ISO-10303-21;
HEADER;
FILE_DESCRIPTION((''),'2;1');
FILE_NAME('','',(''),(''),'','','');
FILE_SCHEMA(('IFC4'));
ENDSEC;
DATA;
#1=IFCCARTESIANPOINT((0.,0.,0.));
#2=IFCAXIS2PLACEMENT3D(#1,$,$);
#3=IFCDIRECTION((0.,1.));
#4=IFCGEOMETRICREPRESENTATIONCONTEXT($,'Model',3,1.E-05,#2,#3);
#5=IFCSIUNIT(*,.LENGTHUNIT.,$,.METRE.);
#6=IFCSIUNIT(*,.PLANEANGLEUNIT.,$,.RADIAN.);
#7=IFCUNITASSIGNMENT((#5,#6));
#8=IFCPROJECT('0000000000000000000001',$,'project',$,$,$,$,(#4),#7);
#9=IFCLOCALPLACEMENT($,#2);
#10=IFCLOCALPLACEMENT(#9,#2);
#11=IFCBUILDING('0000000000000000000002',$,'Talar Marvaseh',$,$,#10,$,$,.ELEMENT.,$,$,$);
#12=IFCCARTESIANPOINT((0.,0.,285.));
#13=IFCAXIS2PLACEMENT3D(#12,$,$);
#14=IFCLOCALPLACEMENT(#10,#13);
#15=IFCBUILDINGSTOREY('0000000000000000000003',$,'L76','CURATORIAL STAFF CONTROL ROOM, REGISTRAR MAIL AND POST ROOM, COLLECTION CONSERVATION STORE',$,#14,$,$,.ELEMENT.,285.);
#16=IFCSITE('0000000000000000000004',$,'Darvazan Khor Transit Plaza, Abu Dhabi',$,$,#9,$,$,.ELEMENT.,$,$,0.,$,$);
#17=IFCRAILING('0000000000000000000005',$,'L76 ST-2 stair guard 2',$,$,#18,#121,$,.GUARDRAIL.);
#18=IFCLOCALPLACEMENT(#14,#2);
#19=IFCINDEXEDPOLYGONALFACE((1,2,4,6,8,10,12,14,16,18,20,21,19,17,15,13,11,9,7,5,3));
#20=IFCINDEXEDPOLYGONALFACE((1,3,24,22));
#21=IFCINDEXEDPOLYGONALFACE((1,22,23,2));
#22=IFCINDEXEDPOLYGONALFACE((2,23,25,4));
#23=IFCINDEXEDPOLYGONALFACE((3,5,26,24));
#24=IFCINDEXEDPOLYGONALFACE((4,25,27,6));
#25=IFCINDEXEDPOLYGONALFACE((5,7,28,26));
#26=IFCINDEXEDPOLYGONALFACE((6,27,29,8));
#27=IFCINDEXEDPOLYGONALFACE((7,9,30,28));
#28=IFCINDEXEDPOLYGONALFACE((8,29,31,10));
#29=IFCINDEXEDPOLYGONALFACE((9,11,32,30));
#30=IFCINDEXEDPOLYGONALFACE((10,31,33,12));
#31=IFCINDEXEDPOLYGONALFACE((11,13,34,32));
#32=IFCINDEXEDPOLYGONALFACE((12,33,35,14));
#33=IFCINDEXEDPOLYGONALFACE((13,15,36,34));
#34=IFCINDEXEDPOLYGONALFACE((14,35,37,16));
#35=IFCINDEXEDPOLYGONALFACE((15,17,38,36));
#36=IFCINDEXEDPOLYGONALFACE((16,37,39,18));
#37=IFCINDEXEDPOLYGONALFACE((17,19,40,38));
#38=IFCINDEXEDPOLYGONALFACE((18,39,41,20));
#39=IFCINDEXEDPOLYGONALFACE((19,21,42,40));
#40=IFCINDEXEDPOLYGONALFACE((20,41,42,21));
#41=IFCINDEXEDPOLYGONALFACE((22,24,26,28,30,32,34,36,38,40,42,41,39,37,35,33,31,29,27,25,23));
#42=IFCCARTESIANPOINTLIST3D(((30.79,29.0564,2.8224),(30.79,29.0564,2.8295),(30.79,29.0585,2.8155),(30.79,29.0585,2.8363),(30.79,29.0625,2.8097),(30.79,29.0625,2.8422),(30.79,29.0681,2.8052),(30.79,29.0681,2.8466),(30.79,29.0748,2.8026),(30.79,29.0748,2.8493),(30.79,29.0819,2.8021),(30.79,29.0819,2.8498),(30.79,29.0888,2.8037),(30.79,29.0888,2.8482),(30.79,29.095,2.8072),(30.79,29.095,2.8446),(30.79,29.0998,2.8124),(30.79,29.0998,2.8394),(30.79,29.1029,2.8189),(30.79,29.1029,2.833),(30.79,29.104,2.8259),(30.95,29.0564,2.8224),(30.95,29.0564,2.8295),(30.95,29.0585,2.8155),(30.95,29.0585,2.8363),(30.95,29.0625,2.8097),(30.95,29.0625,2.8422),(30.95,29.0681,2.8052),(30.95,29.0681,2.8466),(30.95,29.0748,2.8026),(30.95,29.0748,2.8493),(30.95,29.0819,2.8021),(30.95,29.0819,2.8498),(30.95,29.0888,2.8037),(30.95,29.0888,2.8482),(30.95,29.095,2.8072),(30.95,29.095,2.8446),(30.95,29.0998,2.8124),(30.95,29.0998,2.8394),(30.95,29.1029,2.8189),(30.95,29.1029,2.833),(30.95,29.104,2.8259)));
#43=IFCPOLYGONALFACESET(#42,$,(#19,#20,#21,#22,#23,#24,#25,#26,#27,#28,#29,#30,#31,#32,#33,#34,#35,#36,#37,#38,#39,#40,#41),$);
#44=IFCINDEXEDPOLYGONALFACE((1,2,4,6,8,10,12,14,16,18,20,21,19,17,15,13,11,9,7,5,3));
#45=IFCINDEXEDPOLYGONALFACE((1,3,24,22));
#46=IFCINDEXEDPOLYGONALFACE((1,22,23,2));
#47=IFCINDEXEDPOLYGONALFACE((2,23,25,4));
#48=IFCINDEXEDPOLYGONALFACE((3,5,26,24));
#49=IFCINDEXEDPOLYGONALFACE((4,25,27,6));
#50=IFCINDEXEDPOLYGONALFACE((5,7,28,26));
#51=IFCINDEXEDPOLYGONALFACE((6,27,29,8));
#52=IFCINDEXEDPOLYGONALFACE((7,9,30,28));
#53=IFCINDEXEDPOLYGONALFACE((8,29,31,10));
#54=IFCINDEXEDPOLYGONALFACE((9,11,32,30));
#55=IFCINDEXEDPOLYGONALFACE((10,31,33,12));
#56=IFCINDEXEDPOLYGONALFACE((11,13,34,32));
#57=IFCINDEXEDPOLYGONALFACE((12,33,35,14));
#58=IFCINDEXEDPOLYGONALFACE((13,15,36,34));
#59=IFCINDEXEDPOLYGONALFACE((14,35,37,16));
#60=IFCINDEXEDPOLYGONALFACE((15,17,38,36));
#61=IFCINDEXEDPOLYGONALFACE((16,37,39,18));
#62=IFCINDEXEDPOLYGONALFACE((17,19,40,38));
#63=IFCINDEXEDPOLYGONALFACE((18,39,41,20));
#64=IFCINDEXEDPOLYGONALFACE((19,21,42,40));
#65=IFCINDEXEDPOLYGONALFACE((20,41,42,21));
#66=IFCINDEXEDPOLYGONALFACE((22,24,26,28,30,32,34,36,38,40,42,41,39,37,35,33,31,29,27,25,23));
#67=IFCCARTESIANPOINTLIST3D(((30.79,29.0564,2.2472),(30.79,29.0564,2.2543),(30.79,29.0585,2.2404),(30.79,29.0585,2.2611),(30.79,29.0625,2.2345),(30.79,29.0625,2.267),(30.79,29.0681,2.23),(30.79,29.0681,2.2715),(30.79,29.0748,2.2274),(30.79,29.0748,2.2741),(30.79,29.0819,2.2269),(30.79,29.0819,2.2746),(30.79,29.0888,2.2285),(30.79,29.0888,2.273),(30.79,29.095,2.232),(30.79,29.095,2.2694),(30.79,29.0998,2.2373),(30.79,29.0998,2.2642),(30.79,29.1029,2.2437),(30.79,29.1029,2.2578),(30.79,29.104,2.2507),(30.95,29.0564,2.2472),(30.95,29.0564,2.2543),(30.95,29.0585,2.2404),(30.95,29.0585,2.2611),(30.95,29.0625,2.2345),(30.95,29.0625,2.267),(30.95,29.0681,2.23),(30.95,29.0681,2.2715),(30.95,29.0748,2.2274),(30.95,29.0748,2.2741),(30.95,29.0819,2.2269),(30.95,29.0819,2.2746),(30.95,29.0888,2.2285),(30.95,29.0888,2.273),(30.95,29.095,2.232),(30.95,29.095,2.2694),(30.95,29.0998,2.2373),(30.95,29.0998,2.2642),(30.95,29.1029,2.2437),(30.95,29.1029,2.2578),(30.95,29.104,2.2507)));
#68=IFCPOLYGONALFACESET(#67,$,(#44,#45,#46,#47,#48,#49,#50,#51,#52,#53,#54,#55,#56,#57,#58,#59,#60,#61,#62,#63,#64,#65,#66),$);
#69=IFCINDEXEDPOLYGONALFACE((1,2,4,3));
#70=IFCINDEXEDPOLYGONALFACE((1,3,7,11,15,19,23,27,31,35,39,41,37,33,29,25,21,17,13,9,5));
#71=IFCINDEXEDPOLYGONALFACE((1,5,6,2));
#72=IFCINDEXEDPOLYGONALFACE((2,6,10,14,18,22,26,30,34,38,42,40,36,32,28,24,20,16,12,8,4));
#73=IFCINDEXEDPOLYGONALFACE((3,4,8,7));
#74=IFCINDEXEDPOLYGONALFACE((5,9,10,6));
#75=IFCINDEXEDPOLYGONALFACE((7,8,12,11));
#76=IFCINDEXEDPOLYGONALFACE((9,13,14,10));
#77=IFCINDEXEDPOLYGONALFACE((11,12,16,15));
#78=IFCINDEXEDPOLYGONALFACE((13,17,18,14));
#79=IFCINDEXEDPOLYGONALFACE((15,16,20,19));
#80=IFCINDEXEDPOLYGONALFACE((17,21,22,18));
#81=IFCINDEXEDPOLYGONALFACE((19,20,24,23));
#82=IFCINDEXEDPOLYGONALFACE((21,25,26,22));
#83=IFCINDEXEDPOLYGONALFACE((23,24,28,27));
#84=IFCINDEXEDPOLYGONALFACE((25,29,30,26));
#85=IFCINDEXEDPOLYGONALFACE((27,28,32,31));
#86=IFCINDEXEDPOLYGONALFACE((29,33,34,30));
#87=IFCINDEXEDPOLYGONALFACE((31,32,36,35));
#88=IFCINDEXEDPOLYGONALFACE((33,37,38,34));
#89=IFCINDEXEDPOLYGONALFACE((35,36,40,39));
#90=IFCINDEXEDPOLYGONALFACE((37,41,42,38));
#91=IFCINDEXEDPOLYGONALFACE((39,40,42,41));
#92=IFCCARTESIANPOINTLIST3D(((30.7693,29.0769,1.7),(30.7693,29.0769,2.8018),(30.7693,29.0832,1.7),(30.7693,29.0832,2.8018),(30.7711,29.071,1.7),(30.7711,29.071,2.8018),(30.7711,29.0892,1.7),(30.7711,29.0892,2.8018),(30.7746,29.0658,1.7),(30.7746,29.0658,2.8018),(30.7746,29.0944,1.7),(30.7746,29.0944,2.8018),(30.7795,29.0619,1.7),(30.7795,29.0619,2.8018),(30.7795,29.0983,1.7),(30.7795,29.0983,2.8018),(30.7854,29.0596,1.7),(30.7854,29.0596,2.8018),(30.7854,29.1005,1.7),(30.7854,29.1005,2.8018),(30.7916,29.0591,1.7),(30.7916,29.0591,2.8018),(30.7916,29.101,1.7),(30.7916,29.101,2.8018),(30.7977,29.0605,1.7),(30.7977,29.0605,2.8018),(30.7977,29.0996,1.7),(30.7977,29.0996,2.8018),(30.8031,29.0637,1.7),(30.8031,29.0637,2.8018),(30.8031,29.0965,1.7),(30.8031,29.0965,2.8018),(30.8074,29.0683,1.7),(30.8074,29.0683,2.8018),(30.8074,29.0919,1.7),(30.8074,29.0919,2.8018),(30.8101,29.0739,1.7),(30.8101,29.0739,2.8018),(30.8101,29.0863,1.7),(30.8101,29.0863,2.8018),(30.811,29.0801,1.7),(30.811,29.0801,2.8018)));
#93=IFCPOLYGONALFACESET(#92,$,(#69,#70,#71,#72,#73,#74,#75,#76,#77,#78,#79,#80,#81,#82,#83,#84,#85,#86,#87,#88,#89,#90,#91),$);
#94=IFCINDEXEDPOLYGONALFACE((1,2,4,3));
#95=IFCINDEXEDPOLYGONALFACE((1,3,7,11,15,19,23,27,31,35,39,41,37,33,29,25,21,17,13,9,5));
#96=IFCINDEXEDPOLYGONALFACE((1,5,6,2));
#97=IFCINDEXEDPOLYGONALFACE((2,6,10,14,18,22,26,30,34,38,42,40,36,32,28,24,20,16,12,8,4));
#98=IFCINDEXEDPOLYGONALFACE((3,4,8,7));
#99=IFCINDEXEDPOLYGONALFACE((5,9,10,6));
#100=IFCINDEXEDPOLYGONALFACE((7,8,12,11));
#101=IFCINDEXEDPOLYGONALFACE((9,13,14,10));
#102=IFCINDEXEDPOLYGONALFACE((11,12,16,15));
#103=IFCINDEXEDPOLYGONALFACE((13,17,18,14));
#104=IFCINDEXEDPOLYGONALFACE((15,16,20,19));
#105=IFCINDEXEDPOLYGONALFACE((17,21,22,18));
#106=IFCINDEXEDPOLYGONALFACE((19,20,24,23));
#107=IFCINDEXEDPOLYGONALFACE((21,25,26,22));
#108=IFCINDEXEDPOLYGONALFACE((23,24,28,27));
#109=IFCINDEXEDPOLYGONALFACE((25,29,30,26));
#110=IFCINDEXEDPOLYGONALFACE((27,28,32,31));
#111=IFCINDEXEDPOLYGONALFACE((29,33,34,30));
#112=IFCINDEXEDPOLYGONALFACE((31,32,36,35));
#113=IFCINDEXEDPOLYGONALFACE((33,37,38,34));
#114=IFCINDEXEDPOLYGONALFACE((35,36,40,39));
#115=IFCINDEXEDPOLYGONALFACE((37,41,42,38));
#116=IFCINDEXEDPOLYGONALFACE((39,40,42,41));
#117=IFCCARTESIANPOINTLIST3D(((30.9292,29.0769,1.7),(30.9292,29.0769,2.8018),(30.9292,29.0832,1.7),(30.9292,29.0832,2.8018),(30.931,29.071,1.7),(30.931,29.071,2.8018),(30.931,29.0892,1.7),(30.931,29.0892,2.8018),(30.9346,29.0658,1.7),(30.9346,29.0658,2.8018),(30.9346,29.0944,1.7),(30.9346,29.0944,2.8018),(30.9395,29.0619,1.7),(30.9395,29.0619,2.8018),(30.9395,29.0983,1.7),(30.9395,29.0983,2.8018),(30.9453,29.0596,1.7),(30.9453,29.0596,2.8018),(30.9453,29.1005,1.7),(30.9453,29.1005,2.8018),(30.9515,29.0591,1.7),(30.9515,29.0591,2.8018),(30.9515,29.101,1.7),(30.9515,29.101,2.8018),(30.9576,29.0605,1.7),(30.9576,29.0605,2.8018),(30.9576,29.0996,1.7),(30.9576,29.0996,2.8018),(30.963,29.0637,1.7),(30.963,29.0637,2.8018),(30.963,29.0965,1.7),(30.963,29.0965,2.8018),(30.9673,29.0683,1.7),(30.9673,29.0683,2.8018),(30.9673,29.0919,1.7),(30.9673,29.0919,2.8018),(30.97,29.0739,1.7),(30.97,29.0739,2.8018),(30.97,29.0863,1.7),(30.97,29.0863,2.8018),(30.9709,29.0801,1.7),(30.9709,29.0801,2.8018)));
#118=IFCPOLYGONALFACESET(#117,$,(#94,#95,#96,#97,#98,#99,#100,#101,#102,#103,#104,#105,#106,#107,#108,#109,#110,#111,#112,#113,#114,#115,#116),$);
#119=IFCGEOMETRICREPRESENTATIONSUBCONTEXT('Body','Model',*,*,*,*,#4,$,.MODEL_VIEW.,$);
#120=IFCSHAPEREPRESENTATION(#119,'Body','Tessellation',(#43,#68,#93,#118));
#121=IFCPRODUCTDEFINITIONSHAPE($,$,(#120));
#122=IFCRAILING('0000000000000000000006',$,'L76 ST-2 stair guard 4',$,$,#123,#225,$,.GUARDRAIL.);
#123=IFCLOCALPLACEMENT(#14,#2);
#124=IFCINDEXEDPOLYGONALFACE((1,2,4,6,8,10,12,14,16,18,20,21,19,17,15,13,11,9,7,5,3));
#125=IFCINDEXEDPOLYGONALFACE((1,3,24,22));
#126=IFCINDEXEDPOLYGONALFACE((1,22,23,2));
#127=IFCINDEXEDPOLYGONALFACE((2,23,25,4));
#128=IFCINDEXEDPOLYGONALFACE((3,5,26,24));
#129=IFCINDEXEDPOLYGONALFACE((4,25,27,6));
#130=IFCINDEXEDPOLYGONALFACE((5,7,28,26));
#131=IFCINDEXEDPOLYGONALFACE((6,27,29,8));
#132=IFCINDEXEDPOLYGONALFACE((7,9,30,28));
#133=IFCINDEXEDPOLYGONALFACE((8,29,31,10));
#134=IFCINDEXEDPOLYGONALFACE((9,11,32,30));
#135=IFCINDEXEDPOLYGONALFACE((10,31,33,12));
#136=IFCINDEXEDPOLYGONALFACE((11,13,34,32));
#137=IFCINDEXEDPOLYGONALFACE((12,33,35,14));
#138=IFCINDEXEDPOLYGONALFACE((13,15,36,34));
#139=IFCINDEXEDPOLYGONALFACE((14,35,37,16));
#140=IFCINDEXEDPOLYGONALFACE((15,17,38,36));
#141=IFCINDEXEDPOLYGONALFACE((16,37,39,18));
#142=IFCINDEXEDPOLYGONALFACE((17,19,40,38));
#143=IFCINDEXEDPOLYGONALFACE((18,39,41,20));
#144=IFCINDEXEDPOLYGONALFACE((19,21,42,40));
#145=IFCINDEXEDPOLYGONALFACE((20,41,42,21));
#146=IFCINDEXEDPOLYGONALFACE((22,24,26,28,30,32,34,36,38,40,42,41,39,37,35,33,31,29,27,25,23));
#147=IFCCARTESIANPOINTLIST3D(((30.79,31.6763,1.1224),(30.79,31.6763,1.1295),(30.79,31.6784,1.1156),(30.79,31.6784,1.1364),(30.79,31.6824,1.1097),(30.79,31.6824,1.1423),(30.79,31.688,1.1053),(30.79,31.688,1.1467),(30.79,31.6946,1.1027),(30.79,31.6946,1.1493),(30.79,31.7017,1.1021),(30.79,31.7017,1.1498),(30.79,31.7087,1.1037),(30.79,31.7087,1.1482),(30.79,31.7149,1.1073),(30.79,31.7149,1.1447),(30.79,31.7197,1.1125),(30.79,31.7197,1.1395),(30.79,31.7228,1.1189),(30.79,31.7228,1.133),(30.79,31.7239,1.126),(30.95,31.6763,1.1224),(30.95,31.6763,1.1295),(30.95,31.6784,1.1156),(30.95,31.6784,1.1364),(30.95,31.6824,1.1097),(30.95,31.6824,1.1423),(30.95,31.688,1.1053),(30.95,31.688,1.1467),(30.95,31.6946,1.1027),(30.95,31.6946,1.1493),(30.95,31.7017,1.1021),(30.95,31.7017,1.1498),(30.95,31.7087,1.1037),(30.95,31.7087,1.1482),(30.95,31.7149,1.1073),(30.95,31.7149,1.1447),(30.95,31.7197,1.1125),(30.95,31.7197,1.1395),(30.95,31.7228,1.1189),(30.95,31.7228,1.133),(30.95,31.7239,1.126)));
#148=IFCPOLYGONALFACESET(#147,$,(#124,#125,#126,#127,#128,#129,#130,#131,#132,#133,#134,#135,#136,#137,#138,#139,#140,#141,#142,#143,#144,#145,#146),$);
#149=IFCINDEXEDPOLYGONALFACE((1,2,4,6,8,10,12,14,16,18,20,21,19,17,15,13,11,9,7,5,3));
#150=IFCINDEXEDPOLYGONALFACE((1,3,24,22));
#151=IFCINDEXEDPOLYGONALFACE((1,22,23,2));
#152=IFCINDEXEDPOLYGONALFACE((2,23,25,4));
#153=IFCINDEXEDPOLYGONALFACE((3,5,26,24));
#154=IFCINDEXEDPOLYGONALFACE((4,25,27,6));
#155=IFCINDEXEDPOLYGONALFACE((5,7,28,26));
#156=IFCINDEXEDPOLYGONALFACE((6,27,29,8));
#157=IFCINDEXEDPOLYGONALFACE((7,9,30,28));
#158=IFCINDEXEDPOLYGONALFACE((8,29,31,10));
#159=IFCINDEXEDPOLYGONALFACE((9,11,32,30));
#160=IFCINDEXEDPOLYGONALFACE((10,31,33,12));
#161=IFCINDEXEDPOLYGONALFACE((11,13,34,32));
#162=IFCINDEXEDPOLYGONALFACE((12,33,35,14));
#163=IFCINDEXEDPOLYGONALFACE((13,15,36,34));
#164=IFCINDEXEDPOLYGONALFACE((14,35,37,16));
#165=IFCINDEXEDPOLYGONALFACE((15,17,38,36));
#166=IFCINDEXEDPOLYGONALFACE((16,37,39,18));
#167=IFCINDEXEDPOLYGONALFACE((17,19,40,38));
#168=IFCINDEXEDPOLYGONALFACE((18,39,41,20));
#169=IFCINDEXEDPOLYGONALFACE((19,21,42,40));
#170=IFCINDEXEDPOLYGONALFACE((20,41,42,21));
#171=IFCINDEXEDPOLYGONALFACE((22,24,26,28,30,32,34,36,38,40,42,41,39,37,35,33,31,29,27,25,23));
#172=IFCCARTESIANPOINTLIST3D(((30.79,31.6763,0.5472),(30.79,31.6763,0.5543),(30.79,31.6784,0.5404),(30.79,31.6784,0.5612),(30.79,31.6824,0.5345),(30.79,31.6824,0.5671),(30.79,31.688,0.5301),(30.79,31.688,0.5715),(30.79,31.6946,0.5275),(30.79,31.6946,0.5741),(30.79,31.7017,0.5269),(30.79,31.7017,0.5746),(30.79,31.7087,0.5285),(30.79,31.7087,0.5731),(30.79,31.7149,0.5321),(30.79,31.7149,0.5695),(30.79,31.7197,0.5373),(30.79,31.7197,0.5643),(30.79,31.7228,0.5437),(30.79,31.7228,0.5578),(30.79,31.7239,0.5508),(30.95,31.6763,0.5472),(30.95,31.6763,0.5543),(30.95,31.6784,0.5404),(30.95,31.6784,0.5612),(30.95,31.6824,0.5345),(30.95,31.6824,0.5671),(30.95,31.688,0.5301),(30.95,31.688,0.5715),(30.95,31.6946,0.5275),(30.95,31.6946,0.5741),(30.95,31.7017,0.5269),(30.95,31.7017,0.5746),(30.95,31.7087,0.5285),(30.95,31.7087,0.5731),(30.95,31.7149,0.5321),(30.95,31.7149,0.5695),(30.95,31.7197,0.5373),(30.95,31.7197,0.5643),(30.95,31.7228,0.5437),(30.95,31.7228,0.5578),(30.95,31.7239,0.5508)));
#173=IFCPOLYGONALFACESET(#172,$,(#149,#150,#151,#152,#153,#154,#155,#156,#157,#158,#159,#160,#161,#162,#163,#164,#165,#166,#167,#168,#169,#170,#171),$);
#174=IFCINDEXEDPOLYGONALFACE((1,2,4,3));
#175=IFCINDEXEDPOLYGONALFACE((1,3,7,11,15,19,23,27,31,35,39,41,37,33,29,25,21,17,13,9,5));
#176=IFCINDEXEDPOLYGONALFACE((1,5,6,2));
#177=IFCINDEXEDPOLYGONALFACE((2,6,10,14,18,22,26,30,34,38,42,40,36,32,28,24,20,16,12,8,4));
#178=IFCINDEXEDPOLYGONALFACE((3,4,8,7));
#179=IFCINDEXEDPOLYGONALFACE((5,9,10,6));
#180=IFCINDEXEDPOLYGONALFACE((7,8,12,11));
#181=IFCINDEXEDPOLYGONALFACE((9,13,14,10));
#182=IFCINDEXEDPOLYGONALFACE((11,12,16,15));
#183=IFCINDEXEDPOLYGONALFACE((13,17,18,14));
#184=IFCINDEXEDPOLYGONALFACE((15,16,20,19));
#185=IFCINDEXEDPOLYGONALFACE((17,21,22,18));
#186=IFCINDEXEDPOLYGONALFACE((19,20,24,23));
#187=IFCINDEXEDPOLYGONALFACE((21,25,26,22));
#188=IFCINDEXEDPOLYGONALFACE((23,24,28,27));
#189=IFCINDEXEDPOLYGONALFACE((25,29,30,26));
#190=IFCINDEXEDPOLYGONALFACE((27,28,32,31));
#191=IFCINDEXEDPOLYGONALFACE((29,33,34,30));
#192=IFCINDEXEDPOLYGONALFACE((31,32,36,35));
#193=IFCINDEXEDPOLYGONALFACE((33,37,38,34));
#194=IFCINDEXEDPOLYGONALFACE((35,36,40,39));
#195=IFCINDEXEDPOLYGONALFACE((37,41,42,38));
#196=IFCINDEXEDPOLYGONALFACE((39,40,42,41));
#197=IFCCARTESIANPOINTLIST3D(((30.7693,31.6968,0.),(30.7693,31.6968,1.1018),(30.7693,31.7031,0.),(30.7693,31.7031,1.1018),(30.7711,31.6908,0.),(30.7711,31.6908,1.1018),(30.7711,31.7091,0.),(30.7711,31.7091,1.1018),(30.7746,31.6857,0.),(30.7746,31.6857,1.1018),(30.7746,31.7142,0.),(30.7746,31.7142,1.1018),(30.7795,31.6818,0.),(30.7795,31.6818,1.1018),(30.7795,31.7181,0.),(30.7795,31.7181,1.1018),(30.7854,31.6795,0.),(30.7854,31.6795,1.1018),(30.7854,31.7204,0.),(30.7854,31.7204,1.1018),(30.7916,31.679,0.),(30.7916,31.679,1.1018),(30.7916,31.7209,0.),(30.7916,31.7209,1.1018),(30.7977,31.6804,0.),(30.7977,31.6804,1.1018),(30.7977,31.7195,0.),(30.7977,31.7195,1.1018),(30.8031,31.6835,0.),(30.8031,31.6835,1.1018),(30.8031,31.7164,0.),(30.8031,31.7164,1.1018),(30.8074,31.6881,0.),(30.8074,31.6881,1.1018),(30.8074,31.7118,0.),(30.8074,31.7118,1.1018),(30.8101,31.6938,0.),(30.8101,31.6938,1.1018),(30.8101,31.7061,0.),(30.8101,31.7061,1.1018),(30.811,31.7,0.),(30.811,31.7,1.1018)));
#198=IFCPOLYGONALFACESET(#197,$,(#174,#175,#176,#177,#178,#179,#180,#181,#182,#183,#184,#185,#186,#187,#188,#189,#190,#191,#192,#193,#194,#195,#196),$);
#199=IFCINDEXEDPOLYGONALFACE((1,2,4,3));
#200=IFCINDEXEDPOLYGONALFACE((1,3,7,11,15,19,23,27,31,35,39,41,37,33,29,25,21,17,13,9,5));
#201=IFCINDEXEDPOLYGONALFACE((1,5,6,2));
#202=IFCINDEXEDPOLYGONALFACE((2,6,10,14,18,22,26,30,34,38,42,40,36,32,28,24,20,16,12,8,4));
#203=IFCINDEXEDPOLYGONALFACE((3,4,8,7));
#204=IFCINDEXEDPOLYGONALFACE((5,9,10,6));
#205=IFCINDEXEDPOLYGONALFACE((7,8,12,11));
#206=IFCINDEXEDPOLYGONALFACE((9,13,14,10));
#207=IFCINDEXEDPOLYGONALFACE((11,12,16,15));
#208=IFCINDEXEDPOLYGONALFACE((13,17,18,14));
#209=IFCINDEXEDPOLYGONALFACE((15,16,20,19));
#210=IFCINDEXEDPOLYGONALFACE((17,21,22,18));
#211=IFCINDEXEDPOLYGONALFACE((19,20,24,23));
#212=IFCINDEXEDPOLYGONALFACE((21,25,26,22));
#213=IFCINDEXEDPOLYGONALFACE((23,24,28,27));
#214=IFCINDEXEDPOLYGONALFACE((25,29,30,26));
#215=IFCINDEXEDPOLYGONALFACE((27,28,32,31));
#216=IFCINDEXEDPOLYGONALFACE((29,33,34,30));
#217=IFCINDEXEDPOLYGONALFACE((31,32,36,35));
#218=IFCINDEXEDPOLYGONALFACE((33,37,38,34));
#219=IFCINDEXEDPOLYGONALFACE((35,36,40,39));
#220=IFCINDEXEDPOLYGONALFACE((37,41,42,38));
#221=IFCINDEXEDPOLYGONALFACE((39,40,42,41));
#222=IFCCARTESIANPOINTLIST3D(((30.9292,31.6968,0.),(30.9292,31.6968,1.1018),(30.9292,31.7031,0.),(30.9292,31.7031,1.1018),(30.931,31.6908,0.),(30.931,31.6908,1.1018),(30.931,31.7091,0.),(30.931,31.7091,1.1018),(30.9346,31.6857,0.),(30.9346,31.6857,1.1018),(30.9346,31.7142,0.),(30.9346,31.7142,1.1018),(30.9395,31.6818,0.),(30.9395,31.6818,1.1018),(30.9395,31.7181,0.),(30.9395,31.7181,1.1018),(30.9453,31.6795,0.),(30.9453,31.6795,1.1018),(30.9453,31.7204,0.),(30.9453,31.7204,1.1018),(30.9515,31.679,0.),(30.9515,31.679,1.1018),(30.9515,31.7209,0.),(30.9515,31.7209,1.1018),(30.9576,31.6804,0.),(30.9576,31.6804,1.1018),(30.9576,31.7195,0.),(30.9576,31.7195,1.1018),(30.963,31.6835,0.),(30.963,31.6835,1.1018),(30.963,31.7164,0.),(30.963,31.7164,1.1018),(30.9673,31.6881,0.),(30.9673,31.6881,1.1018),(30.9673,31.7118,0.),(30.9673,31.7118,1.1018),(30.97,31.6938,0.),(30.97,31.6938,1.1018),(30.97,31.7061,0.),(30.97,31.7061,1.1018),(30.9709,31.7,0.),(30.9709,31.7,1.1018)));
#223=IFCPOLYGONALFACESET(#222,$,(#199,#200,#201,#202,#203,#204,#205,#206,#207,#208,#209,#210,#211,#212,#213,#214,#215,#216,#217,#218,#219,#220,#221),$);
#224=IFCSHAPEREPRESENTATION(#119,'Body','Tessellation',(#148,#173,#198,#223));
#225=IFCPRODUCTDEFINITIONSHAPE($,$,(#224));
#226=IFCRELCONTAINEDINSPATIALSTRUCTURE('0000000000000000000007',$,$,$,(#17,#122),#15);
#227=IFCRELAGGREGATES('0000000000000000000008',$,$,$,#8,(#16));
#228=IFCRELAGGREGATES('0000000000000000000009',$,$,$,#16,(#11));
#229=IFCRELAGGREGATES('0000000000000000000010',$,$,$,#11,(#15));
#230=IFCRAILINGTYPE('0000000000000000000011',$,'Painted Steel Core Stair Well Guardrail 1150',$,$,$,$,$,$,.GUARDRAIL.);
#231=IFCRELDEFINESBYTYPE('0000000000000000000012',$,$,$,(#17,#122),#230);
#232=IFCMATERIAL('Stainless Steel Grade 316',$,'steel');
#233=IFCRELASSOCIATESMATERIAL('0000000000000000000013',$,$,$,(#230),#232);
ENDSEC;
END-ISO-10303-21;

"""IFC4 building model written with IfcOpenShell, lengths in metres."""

from ifc_helpers import new_model, si_unit, direction, frame, origin, origin_2d, place, context, subcontext, project, spatial, circle, extrude, material, type_object, element, save


model = new_model("IFC4")

# Units and contexts
model_context = context("Model", 3, precision=1e-05, world=origin(), true_north=direction((0.0, 1.0)))
body_context = subcontext(model_context, "Body", "Model", "MODEL_VIEW")
ifc_project = project(units=[si_unit("LENGTHUNIT", "METRE"), si_unit("PLANEANGLEUNIT", "RADIAN")], contexts=[model_context])

# Site, building, storey
site_placement = place(None, origin())
site = spatial("IfcSite", under=ifc_project, at=site_placement, Name="Darvazan Khor Transit Plaza, Abu Dhabi", CompositionType="ELEMENT", RefElevation=0.0)
building_placement = place(site_placement, origin())
building = spatial("IfcBuilding", under=site, at=building_placement, Name="Talar Marvaseh", CompositionType="ELEMENT")
storey_placement = place(building_placement, frame((0.0, 0.0, 285.0)))
storey = spatial("IfcBuildingStorey", under=building, at=storey_placement, Name="L76", Description="CURATORIAL STAFF CONTROL ROOM, REGISTRAR MAIL AND POST ROOM, COLLECTION CONSERVATION STORE", CompositionType="ELEMENT", Elevation=285.0)

# Shared definitions
ifc_material_1 = material(Name="Stainless Steel Grade 316", Category="steel")

# Railings
railing_type_1 = type_object("IfcRailingType", Name="Painted Steel Core Stair Well Guardrail 1150", PredefinedType="GUARDRAIL", material=ifc_material_1)
for number, where, name in (
    (1, (30.79, 29.0801, 1.7), "L76 ST-2 stair guard 2"),
    (2, (30.79, 31.7, 0.0), "L76 ST-2 stair guard 4"),
):
    element("IfcRailing", number, at=place(storey_placement, frame(where)), inside=storey, type_object=railing_type_1, Name=name, PredefinedType="GUARDRAIL", context=body_context, shape_type="SweptSolid", body=[
        extrude(circle(Radius=0.0239, at=origin_2d()), frame((0.0, 0.0, 1.126), z_axis=(1.0, 0.0, 0.0), x_axis=(0.0, 1.0, 0.0)), (0.0, 0.0, 1.0), 0.1599),
        extrude(circle(Radius=0.0239, at=origin_2d()), frame((0.0, 0.0, 0.5508), z_axis=(1.0, 0.0, 0.0), x_axis=(0.0, 1.0, 0.0)), (0.0, 0.0, 1.0), 0.1599),
        extrude(circle(Radius=0.021, at=origin_2d()), origin(), (0.0, 0.0, 1.0), 1.1018),
        extrude(circle(Radius=0.021, at=origin_2d()), frame((0.1599, 0.0, 0.0)), (0.0, 0.0, 1.0), 1.1018),
    ])

save(model, "model.ifc")
